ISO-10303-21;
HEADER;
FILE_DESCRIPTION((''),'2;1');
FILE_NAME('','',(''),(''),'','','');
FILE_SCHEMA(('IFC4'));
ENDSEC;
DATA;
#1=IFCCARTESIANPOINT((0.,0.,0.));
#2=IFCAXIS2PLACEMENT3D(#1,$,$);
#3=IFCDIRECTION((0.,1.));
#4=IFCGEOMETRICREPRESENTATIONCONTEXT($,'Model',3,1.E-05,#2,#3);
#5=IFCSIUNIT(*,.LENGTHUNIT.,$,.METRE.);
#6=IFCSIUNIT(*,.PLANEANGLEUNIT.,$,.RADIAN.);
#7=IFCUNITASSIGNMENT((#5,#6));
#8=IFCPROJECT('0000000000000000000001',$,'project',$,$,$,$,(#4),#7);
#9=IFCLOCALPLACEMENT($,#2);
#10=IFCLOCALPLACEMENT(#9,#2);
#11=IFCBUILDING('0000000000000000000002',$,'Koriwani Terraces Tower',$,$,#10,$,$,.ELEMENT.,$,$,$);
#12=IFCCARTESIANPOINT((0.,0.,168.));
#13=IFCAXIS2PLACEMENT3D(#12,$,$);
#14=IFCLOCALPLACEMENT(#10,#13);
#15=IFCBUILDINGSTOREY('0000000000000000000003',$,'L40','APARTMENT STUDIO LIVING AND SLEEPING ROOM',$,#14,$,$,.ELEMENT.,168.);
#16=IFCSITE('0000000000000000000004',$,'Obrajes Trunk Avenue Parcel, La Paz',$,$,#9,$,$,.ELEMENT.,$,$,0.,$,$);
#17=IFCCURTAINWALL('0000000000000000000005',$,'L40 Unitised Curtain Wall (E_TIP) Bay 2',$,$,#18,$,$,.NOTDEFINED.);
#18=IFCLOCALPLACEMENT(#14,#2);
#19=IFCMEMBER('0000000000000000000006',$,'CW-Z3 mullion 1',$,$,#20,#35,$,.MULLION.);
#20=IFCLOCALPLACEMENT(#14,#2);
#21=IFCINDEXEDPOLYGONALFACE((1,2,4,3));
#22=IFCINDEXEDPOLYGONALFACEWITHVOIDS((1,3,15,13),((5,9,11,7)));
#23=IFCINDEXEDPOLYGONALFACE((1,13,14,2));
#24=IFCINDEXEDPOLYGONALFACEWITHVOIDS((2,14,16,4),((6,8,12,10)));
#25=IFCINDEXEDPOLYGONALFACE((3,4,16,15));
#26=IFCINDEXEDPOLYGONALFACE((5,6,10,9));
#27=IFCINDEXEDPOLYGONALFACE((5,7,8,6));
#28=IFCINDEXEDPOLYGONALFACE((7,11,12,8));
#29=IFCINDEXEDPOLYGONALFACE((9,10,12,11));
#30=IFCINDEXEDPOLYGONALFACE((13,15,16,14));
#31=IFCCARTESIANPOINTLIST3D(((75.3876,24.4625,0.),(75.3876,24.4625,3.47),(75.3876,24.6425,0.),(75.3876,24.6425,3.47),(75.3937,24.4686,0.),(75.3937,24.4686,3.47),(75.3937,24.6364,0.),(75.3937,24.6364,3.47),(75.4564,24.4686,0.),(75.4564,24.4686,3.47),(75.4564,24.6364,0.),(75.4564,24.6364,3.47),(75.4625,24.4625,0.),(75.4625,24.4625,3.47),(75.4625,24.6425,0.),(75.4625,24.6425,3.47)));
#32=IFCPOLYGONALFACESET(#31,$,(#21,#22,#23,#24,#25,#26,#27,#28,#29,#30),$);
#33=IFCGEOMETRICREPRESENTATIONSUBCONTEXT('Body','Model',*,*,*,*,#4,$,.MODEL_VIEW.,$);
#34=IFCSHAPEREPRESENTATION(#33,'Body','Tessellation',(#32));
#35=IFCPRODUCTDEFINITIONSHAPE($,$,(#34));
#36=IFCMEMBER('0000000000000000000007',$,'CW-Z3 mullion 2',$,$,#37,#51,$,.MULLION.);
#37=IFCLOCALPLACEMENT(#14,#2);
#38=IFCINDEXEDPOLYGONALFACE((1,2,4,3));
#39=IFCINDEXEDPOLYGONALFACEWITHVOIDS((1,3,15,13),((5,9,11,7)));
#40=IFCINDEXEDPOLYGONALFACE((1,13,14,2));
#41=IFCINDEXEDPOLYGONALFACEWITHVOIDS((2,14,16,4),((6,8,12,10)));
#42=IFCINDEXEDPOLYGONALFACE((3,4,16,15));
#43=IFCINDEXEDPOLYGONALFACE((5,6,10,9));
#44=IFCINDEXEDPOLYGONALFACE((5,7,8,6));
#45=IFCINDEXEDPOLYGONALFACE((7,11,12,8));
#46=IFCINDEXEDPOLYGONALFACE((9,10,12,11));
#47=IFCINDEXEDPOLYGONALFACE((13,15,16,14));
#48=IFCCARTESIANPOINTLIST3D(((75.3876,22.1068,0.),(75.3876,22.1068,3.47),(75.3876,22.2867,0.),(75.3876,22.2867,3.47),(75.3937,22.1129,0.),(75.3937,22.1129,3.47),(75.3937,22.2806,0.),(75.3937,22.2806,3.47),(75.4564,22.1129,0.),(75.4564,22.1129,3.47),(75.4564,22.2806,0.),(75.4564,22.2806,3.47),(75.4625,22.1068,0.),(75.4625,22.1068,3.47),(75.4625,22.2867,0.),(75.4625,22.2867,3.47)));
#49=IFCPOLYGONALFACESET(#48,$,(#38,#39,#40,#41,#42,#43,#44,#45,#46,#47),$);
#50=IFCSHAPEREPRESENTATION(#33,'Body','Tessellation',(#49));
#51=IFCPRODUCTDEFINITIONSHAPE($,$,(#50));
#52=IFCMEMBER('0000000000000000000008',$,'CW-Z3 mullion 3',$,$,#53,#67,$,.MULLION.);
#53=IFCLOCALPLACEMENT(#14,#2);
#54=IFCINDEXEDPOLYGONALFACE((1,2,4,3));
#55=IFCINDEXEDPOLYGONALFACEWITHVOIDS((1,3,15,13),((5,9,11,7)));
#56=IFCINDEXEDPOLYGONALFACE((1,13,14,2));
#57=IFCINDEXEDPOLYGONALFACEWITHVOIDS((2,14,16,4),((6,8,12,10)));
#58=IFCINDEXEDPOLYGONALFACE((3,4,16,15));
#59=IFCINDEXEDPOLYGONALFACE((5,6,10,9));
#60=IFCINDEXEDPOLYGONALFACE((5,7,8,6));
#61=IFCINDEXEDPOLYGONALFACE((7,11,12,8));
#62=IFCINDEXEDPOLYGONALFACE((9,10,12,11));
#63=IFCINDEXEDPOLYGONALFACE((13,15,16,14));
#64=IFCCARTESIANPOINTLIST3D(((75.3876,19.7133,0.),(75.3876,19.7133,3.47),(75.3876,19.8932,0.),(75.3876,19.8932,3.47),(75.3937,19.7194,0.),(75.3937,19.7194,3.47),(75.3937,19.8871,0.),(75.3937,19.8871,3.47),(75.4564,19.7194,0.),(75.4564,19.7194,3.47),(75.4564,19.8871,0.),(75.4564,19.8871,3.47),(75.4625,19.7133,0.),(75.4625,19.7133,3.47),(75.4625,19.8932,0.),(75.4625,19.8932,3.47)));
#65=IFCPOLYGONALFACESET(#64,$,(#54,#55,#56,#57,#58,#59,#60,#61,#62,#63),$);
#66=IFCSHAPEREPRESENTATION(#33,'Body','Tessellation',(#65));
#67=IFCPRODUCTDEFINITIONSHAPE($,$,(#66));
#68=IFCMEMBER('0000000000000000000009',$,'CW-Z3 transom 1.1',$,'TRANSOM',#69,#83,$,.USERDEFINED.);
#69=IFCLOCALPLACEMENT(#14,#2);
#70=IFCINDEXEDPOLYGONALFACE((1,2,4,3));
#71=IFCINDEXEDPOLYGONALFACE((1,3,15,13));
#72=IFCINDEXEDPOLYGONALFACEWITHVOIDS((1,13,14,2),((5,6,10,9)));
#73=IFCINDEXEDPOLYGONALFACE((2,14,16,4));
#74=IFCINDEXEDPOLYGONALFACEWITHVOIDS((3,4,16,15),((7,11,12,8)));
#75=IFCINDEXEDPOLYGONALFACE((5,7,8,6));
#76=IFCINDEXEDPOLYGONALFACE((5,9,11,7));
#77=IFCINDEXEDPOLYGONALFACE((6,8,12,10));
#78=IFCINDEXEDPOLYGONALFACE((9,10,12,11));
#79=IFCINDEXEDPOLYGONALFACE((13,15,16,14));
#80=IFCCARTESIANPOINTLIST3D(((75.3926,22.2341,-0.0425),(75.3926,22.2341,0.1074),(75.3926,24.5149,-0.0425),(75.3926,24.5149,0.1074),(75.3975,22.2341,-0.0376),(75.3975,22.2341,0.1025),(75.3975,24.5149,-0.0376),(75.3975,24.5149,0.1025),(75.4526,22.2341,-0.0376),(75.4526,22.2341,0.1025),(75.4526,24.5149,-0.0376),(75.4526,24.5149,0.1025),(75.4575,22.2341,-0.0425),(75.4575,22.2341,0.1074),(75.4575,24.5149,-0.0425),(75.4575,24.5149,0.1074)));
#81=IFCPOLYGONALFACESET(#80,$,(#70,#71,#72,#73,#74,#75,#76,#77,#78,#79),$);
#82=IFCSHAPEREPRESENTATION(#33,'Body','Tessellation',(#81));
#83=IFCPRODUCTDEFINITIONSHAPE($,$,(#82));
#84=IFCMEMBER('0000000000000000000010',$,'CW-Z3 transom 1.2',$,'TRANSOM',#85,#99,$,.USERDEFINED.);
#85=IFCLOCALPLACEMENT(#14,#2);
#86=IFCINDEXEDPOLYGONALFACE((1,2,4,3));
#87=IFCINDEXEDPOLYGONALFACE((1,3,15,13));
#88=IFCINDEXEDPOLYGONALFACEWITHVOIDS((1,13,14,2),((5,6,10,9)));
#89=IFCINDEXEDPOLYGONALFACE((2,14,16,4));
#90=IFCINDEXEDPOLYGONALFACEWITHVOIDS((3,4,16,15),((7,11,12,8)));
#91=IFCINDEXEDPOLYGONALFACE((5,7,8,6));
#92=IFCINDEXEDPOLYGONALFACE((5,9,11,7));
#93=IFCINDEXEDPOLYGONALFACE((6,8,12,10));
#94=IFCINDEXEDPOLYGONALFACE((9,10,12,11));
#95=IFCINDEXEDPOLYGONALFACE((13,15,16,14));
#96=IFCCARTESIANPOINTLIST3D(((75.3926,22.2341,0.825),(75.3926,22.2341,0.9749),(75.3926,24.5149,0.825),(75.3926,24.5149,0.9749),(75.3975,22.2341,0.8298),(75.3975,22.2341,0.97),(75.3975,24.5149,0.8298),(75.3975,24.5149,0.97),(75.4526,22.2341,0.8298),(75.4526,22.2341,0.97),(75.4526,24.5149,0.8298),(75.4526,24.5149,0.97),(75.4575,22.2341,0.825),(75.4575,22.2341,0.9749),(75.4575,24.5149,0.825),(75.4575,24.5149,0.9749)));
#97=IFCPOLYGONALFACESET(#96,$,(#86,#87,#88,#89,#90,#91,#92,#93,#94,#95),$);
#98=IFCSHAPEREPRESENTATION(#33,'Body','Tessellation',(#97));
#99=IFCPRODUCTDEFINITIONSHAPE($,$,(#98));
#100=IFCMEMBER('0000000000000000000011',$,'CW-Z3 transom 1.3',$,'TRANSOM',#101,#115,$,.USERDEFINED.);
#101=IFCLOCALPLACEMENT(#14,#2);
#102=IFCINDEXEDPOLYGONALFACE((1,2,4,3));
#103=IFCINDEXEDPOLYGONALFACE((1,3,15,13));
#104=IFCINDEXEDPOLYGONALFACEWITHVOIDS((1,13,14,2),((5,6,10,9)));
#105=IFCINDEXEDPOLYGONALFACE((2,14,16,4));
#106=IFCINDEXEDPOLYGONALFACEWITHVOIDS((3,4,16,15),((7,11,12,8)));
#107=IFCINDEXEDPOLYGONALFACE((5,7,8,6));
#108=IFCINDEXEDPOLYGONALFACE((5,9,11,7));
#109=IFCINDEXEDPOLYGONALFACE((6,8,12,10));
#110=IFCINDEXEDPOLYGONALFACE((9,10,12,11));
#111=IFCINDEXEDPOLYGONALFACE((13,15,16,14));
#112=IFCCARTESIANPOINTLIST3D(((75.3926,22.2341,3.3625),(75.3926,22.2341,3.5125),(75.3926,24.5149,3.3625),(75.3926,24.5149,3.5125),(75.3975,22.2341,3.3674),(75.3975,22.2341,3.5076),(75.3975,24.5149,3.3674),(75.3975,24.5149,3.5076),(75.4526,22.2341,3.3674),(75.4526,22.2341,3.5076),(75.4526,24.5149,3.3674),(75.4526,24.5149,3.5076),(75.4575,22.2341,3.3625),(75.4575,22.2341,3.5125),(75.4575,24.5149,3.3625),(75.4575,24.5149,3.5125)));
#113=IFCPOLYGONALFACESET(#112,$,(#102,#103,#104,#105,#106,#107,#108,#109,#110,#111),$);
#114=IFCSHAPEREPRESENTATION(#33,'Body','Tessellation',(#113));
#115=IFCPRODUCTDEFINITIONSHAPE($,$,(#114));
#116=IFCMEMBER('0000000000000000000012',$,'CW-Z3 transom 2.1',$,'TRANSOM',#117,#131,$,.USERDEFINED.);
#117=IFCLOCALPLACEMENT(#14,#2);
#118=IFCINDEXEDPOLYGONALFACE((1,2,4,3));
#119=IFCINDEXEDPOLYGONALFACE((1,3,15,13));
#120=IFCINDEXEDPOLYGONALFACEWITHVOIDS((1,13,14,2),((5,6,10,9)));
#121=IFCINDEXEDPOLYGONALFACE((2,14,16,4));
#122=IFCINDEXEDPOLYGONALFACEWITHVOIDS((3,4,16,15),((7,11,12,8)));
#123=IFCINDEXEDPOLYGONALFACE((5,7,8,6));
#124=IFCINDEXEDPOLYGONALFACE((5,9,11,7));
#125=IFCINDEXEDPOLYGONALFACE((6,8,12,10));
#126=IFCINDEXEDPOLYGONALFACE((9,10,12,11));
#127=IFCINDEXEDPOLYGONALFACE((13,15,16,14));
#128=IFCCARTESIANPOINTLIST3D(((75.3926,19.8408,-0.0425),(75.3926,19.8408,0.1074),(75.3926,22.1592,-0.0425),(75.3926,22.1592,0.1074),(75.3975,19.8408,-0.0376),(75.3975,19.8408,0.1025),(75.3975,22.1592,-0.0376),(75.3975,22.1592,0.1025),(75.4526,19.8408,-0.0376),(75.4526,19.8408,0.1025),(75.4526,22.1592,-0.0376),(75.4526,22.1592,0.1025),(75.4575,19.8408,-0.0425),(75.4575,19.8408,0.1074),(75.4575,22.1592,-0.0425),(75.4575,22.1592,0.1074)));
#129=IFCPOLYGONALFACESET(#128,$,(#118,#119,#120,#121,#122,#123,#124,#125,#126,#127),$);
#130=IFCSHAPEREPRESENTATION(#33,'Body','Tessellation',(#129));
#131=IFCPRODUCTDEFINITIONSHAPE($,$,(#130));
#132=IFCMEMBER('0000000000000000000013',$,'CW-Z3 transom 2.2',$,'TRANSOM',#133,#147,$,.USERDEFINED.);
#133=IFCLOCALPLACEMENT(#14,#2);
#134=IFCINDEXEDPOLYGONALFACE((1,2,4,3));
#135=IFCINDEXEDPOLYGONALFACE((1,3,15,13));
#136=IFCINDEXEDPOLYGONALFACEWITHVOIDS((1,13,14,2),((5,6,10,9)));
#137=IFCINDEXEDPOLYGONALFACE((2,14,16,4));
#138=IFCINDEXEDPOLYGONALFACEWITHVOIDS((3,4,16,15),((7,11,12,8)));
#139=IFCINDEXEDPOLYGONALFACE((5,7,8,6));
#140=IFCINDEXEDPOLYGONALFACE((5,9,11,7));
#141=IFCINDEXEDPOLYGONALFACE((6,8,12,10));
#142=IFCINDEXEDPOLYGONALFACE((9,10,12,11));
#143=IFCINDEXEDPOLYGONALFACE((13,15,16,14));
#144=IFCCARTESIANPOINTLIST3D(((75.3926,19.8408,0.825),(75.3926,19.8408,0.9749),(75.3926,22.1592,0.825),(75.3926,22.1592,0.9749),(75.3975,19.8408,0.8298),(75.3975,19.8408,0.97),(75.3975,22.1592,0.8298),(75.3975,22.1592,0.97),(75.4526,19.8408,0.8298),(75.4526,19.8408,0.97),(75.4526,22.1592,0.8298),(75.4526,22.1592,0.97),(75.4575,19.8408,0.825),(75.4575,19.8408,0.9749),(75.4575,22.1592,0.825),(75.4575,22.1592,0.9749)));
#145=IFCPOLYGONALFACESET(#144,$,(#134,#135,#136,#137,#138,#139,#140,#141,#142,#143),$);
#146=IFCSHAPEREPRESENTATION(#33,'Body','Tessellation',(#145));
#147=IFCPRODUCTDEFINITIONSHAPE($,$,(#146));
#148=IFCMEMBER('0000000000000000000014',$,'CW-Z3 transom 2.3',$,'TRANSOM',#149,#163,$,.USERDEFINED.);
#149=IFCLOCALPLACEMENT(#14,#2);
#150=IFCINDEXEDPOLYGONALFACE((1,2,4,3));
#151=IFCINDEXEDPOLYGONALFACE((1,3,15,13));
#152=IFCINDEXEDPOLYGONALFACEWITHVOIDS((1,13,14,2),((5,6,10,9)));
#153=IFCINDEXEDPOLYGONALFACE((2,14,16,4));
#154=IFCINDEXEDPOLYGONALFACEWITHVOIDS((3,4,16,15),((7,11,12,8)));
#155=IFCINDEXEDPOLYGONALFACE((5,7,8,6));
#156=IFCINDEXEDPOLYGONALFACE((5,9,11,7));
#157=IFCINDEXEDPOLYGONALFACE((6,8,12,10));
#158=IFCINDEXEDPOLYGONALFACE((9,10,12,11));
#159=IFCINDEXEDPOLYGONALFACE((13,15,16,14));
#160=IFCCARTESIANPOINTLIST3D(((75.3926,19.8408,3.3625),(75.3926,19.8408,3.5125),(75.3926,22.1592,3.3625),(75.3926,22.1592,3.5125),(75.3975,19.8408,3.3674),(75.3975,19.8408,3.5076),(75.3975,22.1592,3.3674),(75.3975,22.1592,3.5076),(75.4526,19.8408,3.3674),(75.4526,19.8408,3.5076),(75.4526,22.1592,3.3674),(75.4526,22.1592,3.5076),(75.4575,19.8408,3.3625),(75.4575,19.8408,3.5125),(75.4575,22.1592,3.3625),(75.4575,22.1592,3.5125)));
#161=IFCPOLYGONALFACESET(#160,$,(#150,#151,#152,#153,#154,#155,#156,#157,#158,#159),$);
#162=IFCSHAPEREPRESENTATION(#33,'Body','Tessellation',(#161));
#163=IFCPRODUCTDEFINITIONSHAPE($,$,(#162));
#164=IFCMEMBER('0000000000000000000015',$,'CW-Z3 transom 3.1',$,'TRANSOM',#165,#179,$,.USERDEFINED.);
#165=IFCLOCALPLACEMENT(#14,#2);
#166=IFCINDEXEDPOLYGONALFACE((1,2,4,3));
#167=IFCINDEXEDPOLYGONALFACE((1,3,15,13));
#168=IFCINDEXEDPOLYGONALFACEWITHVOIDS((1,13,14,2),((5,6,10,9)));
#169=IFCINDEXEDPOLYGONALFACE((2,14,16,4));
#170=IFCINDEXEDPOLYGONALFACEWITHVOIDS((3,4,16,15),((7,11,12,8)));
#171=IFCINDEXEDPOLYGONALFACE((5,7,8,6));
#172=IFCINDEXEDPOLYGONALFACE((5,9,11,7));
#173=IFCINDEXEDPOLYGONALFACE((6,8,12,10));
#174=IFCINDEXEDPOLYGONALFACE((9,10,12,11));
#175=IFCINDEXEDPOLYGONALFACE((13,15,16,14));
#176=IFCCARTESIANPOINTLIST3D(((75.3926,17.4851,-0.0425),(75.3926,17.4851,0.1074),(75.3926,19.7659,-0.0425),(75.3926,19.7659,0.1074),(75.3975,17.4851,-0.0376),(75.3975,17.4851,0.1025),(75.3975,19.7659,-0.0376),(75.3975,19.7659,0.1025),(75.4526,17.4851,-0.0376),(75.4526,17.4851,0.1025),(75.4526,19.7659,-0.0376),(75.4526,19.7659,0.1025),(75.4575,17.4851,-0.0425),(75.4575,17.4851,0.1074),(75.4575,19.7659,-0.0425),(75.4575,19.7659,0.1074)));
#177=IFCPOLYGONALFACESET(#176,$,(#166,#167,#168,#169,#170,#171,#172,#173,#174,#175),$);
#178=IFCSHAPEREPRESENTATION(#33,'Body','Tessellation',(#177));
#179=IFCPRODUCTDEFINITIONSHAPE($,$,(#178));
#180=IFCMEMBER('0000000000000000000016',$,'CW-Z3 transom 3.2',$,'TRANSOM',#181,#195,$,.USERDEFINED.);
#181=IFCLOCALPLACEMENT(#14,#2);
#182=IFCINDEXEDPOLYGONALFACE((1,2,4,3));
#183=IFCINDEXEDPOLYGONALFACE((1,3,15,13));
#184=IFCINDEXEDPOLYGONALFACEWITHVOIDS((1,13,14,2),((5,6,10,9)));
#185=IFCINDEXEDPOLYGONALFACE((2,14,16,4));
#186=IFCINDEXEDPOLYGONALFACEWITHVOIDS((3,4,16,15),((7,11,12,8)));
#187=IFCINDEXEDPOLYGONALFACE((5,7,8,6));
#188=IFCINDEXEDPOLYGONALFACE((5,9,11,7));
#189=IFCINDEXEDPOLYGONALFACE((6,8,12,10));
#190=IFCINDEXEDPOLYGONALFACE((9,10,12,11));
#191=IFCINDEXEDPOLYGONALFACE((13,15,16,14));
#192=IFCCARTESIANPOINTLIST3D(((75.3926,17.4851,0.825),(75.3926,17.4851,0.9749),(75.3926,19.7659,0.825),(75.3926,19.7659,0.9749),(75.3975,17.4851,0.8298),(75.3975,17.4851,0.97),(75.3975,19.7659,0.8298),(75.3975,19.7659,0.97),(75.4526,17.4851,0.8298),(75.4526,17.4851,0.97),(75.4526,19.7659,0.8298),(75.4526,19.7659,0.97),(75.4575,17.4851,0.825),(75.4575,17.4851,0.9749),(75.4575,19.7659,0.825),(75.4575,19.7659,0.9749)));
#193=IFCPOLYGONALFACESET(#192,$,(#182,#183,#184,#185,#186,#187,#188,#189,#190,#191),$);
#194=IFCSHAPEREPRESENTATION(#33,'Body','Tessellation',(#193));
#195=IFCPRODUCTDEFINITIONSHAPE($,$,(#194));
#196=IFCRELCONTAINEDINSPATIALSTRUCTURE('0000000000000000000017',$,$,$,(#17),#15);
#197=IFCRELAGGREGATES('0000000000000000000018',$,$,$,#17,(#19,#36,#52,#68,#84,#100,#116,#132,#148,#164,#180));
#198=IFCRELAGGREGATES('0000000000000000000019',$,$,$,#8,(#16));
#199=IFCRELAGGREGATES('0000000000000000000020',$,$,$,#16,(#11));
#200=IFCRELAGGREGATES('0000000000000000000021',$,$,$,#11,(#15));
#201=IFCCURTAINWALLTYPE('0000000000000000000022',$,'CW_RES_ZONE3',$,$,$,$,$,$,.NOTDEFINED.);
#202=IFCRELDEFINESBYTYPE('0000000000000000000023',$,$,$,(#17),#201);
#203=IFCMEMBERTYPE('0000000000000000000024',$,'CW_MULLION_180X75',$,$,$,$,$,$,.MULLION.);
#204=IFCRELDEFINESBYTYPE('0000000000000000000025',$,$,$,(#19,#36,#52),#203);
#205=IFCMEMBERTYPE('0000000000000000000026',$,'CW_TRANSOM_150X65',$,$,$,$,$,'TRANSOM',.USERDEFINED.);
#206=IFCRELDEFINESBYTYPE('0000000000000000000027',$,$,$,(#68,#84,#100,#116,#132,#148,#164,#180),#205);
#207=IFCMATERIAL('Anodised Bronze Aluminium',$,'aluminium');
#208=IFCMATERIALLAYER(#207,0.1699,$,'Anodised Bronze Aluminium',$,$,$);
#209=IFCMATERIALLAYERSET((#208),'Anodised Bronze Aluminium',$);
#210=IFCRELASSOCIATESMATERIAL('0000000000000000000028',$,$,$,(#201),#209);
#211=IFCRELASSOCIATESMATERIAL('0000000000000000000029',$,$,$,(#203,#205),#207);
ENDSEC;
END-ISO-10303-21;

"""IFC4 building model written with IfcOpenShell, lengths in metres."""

from ifc_helpers import new_model, si_unit, direction, frame, origin, origin_2d, place, context, subcontext, project, spatial, hollow_rectangle, extrude, material, layer, layer_set, material_profile, profile_set, type_object, element, aggregate, save


model = new_model("IFC4")

# Units and contexts
model_context = context("Model", 3, precision=1e-05, world=origin(), true_north=direction((0.0, 1.0)))
body_context = subcontext(model_context, "Body", "Model", "MODEL_VIEW")
ifc_project = project(units=[si_unit("LENGTHUNIT", "METRE"), si_unit("PLANEANGLEUNIT", "RADIAN")], contexts=[model_context])

# Site, building, storey
site_placement = place(None, origin())
site = spatial("IfcSite", under=ifc_project, at=site_placement, Name="Obrajes Trunk Avenue Parcel, La Paz", CompositionType="ELEMENT", RefElevation=0.0)
building_placement = place(site_placement, origin())
building = spatial("IfcBuilding", under=site, at=building_placement, Name="Koriwani Terraces Tower", CompositionType="ELEMENT")
storey_placement = place(building_placement, frame((0.0, 0.0, 168.0)))
storey = spatial("IfcBuildingStorey", under=building, at=storey_placement, Name="L40", Description="APARTMENT STUDIO LIVING AND SLEEPING ROOM", CompositionType="ELEMENT", Elevation=168.0)

# Curtain wall, members
ifc_material_1 = material(Name="Anodised Bronze Aluminium", Category="aluminium")
ifc_layer_1 = layer(ifc_material_1, 0.1699, Name="Anodised Bronze Aluminium")
ifc_layer_set_1 = layer_set([ifc_layer_1], Name="Anodised Bronze Aluminium")
curtain_wall_type = type_object("IfcCurtainWallType", Name="CW_RES_ZONE3", PredefinedType="NOTDEFINED", material=ifc_layer_set_1)
curtain_wall_placement = place(storey_placement, origin())
curtain_wall = element("IfcCurtainWall", 1, at=curtain_wall_placement, inside=storey, type_object=curtain_wall_type, Name="L40 Unitised Curtain Wall (E_TIP) Bay 2", PredefinedType="NOTDEFINED")
ifc_material_profile_1 = material_profile(ifc_material_1, hollow_rectangle(XDim=0.075, YDim=0.1799, WallThickness=0.0061, at=origin_2d()), Name="Anodised Bronze Aluminium", Category="LoadBearing")
ifc_profile_set_1 = profile_set([ifc_material_profile_1], Name="Anodised Bronze Aluminium")
member_type_1 = type_object("IfcMemberType", Name="CW_MULLION_180X75", PredefinedType="MULLION", material=ifc_profile_set_1)
member_1_placement = place(storey_placement, frame((75.425, 24.5525, 0.0), z_axis=(0.0, 0.0, 1.0), x_axis=(1.0, 0.0, 0.0)))
member_1 = element("IfcMember", 2, at=member_1_placement, type_object=member_type_1, Name="CW-Z3 mullion 1", PredefinedType="MULLION", context=body_context, shape_type="SweptSolid", body=[
    extrude(hollow_rectangle(XDim=0.075, YDim=0.1799, WallThickness=0.0061, at=origin_2d()), origin(), (0.0, 0.0, 1.0), 3.47),
])
member_2_placement = place(storey_placement, frame((75.425, 22.1968, 0.0), z_axis=(0.0, 0.0, 1.0), x_axis=(1.0, 0.0, 0.0)))
member_2 = element("IfcMember", 3, at=member_2_placement, type_object=member_type_1, Name="CW-Z3 mullion 2", PredefinedType="MULLION", context=body_context, shape_type="SweptSolid", body=[
    extrude(hollow_rectangle(XDim=0.075, YDim=0.1799, WallThickness=0.0061, at=origin_2d()), origin(), (0.0, 0.0, 1.0), 3.47),
])
member_3_placement = place(storey_placement, frame((75.425, 19.8032, 0.0), z_axis=(0.0, 0.0, 1.0), x_axis=(1.0, 0.0, 0.0)))
member_3 = element("IfcMember", 4, at=member_3_placement, type_object=member_type_1, Name="CW-Z3 mullion 3", PredefinedType="MULLION", context=body_context, shape_type="SweptSolid", body=[
    extrude(hollow_rectangle(XDim=0.075, YDim=0.1799, WallThickness=0.0061, at=origin_2d()), origin(), (0.0, 0.0, 1.0), 3.47),
])
ifc_material_profile_2 = material_profile(ifc_material_1, hollow_rectangle(XDim=0.0649, YDim=0.1499, WallThickness=0.0049, at=origin_2d()), Name="Anodised Bronze Aluminium", Category="LoadBearing")
ifc_profile_set_2 = profile_set([ifc_material_profile_2], Name="Anodised Bronze Aluminium")
member_type_2 = type_object("IfcMemberType", Name="CW_TRANSOM_150X65", ElementType="TRANSOM", PredefinedType="USERDEFINED", material=ifc_profile_set_2)
member_4_placement = place(storey_placement, frame((75.425, 24.5149, 0.0325), z_axis=(0.0, -1.0, 0.0), x_axis=(1.0, 0.0, 0.0)))
member_4 = element("IfcMember", 5, at=member_4_placement, type_object=member_type_2, Name="CW-Z3 transom 1.1", ObjectType="TRANSOM", PredefinedType="USERDEFINED", context=body_context, shape_type="SweptSolid", body=[
    extrude(hollow_rectangle(XDim=0.0649, YDim=0.1499, WallThickness=0.0049, at=origin_2d()), origin(), (0.0, 0.0, 1.0), 2.2808),
])
member_5_placement = place(storey_placement, frame((75.425, 24.5149, 0.8999), z_axis=(0.0, -1.0, 0.0), x_axis=(1.0, 0.0, 0.0)))
member_5 = element("IfcMember", 6, at=member_5_placement, type_object=member_type_2, Name="CW-Z3 transom 1.2", ObjectType="TRANSOM", PredefinedType="USERDEFINED", context=body_context, shape_type="SweptSolid", body=[
    extrude(hollow_rectangle(XDim=0.0649, YDim=0.1499, WallThickness=0.0049, at=origin_2d()), origin(), (0.0, 0.0, 1.0), 2.2808),
])
member_6_placement = place(storey_placement, frame((75.425, 24.5149, 3.4375), z_axis=(0.0, -1.0, 0.0), x_axis=(1.0, 0.0, 0.0)))
member_6 = element("IfcMember", 7, at=member_6_placement, type_object=member_type_2, Name="CW-Z3 transom 1.3", ObjectType="TRANSOM", PredefinedType="USERDEFINED", context=body_context, shape_type="SweptSolid", body=[
    extrude(hollow_rectangle(XDim=0.0649, YDim=0.1499, WallThickness=0.0049, at=origin_2d()), origin(), (0.0, 0.0, 1.0), 2.2808),
])
member_7_placement = place(storey_placement, frame((75.425, 22.1592, 0.0325), z_axis=(0.0, -1.0, 0.0), x_axis=(1.0, 0.0, 0.0)))
member_7 = element("IfcMember", 8, at=member_7_placement, type_object=member_type_2, Name="CW-Z3 transom 2.1", ObjectType="TRANSOM", PredefinedType="USERDEFINED", context=body_context, shape_type="SweptSolid", body=[
    extrude(hollow_rectangle(XDim=0.0649, YDim=0.1499, WallThickness=0.0049, at=origin_2d()), origin(), (0.0, 0.0, 1.0), 2.3184),
])
member_8_placement = place(storey_placement, frame((75.425, 22.1592, 0.8999), z_axis=(0.0, -1.0, 0.0), x_axis=(1.0, 0.0, 0.0)))
member_8 = element("IfcMember", 9, at=member_8_placement, type_object=member_type_2, Name="CW-Z3 transom 2.2", ObjectType="TRANSOM", PredefinedType="USERDEFINED", context=body_context, shape_type="SweptSolid", body=[
    extrude(hollow_rectangle(XDim=0.0649, YDim=0.1499, WallThickness=0.0049, at=origin_2d()), origin(), (0.0, 0.0, 1.0), 2.3184),
])
member_9_placement = place(storey_placement, frame((75.425, 22.1592, 3.4375), z_axis=(0.0, -1.0, 0.0), x_axis=(1.0, 0.0, 0.0)))
member_9 = element("IfcMember", 10, at=member_9_placement, type_object=member_type_2, Name="CW-Z3 transom 2.3", ObjectType="TRANSOM", PredefinedType="USERDEFINED", context=body_context, shape_type="SweptSolid", body=[
    extrude(hollow_rectangle(XDim=0.0649, YDim=0.1499, WallThickness=0.0049, at=origin_2d()), origin(), (0.0, 0.0, 1.0), 2.3184),
])
member_10_placement = place(storey_placement, frame((75.425, 19.7659, 0.0325), z_axis=(0.0, -1.0, 0.0), x_axis=(1.0, 0.0, 0.0)))
member_10 = element("IfcMember", 11, at=member_10_placement, type_object=member_type_2, Name="CW-Z3 transom 3.1", ObjectType="TRANSOM", PredefinedType="USERDEFINED", context=body_context, shape_type="SweptSolid", body=[
    extrude(hollow_rectangle(XDim=0.0649, YDim=0.1499, WallThickness=0.0049, at=origin_2d()), origin(), (0.0, 0.0, 1.0), 2.2808),
])
member_11_placement = place(storey_placement, frame((75.425, 19.7659, 0.8999), z_axis=(0.0, -1.0, 0.0), x_axis=(1.0, 0.0, 0.0)))
member_11 = element("IfcMember", 12, at=member_11_placement, type_object=member_type_2, Name="CW-Z3 transom 3.2", ObjectType="TRANSOM", PredefinedType="USERDEFINED", context=body_context, shape_type="SweptSolid", body=[
    extrude(hollow_rectangle(XDim=0.0649, YDim=0.1499, WallThickness=0.0049, at=origin_2d()), origin(), (0.0, 0.0, 1.0), 2.2808),
])
aggregate(curtain_wall, [member_1, member_2, member_3, member_4, member_5, member_6, member_7, member_8, member_9, member_10, member_11])

save(model, "model.ifc")
